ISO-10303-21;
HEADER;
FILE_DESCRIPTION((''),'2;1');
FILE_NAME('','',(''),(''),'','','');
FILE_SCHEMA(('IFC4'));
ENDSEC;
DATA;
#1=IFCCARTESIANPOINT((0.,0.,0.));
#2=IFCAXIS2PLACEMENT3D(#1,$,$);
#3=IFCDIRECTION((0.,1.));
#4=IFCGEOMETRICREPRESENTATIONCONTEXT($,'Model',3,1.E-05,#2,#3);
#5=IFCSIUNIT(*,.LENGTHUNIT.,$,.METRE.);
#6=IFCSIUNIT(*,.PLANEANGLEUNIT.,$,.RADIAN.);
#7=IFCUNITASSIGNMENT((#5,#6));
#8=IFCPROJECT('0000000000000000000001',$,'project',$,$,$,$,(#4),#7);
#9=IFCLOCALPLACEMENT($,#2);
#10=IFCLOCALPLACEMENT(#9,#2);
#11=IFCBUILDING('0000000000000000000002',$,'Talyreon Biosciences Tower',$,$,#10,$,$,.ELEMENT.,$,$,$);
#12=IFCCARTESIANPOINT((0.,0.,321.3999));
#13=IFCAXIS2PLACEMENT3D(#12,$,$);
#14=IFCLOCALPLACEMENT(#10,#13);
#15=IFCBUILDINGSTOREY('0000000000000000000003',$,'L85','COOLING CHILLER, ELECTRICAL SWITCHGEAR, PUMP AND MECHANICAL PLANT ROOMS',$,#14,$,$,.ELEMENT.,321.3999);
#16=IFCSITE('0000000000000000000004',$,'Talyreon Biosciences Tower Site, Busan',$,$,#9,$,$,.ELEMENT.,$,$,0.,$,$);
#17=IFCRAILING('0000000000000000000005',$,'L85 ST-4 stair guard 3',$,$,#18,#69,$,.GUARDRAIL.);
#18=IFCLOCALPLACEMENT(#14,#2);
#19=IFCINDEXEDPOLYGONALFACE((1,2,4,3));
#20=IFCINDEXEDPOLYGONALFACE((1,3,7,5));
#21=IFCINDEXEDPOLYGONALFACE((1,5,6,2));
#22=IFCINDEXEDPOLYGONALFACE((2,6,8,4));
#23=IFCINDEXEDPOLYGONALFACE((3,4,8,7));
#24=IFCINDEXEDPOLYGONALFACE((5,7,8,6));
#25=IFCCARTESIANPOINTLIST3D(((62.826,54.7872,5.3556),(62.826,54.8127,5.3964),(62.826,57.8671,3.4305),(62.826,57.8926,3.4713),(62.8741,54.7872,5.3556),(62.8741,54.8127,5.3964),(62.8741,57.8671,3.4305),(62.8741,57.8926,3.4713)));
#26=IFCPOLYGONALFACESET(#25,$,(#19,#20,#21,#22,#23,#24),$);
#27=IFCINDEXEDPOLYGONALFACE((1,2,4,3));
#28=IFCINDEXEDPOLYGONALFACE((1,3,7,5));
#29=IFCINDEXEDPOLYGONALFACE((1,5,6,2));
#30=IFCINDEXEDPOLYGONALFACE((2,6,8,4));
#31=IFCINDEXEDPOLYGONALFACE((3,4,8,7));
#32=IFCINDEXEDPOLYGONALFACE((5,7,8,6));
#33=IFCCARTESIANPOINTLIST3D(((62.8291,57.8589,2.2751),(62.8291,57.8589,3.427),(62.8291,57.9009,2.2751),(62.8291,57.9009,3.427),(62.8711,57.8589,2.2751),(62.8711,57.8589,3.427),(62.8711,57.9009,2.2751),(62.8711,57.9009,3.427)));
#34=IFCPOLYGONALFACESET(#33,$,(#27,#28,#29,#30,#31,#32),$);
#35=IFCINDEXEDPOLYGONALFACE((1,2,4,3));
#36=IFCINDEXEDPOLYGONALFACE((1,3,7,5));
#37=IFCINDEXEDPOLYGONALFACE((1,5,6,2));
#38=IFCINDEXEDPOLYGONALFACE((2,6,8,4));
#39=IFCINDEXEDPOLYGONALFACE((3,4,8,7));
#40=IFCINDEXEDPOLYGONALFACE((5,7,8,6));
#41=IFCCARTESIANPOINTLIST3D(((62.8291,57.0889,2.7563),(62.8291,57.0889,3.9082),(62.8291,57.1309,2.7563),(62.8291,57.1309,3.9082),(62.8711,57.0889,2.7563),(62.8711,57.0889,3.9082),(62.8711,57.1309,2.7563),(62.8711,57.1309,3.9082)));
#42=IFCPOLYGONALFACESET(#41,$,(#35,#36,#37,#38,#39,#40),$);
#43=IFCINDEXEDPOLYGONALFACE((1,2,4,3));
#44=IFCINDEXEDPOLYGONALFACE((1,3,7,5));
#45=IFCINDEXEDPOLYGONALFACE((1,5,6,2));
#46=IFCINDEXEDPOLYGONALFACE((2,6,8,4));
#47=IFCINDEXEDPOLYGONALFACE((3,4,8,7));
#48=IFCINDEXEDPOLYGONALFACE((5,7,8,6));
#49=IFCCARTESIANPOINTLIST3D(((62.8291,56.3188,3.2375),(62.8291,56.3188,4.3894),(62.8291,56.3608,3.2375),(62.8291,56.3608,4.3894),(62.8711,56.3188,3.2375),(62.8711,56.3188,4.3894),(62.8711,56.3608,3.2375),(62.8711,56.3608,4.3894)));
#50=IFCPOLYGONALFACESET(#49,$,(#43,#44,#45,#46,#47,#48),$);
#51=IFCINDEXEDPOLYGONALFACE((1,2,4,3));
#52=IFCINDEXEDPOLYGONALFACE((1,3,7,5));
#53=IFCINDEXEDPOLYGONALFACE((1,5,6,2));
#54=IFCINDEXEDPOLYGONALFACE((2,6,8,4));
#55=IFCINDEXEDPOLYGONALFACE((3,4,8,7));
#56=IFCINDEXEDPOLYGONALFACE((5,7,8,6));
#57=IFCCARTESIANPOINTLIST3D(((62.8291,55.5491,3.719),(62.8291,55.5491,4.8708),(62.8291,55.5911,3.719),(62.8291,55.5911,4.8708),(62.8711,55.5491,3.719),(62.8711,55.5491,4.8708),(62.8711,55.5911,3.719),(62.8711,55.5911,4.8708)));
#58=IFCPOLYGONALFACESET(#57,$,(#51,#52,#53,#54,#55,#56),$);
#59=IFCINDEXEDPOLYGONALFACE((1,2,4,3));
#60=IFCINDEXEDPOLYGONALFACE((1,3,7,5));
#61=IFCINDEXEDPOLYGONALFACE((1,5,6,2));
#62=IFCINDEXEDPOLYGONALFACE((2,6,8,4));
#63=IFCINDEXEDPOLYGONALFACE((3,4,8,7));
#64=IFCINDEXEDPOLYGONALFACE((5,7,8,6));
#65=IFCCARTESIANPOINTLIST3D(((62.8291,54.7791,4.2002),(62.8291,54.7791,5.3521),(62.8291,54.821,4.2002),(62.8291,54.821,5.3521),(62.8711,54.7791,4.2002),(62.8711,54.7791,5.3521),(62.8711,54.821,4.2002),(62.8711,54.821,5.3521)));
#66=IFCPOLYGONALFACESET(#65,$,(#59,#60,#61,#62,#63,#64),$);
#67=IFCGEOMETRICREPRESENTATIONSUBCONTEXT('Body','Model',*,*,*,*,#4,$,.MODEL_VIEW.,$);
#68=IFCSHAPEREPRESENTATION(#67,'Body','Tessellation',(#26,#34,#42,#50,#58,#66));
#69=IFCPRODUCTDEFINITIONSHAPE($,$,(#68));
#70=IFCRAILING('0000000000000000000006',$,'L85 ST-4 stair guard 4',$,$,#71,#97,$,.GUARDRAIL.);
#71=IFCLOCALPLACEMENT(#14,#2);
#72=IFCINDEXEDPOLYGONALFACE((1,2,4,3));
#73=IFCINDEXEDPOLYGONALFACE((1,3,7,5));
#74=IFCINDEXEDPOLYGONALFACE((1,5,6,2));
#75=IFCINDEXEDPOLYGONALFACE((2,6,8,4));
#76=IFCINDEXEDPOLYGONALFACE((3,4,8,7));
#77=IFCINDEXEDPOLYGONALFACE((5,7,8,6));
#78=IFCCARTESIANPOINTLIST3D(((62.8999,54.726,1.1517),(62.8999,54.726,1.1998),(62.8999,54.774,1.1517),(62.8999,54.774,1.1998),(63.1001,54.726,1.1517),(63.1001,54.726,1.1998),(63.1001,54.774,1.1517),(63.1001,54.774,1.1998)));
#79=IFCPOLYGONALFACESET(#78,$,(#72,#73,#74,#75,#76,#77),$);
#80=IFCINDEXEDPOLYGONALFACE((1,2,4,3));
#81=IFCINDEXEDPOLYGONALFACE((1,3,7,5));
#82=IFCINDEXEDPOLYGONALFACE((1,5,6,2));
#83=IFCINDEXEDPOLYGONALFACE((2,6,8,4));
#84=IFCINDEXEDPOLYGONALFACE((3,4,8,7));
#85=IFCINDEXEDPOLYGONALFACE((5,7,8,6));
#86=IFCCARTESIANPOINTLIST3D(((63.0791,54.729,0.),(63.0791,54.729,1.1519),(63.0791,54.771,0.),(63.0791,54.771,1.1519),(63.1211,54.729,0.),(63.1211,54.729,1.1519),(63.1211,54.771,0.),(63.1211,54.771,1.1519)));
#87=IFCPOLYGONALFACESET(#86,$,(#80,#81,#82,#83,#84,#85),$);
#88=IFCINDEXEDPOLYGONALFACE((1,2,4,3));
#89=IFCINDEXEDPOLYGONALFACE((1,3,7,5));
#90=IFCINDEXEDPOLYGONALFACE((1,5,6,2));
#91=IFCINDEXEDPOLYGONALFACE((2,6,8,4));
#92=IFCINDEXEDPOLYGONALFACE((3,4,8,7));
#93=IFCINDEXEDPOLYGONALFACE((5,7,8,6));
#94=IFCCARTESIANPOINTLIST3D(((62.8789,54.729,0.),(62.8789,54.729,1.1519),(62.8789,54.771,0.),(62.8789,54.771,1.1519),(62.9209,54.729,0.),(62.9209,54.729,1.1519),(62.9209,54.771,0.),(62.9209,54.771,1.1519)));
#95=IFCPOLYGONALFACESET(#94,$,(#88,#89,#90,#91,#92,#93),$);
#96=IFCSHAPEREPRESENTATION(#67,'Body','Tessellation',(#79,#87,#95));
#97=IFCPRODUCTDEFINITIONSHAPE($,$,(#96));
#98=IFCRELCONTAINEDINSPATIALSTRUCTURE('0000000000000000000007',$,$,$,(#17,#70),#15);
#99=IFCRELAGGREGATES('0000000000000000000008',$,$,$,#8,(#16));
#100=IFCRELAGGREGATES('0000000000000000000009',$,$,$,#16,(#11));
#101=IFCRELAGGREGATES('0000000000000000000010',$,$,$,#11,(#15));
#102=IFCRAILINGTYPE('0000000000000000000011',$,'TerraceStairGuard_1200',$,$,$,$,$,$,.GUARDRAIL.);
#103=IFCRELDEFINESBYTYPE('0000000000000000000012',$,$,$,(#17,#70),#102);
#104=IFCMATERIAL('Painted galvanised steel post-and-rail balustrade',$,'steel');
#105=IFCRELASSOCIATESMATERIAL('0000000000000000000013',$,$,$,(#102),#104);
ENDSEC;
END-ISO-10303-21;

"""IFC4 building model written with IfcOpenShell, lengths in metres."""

from ifc_helpers import new_model, si_unit, direction, frame, origin, origin_2d, place, context, subcontext, project, spatial, rectangle, extrude, material, type_object, element, save


model = new_model("IFC4")

# Units and contexts
model_context = context("Model", 3, precision=1e-05, world=origin(), true_north=direction((0.0, 1.0)))
body_context = subcontext(model_context, "Body", "Model", "MODEL_VIEW")
ifc_project = project(units=[si_unit("LENGTHUNIT", "METRE"), si_unit("PLANEANGLEUNIT", "RADIAN")], contexts=[model_context])

# Site, building, storey
site_placement = place(None, origin())
site = spatial("IfcSite", under=ifc_project, at=site_placement, Name="Talyreon Biosciences Tower Site, Busan", CompositionType="ELEMENT", RefElevation=0.0)
building_placement = place(site_placement, origin())
building = spatial("IfcBuilding", under=site, at=building_placement, Name="Talyreon Biosciences Tower", CompositionType="ELEMENT")
storey_placement = place(building_placement, frame((0.0, 0.0, 321.3999)))
storey = spatial("IfcBuildingStorey", under=building, at=storey_placement, Name="L85", Description="COOLING CHILLER, ELECTRICAL SWITCHGEAR, PUMP AND MECHANICAL PLANT ROOMS", CompositionType="ELEMENT", Elevation=321.3999)

# Railings
ifc_material_1 = material(Name="Painted galvanised steel post-and-rail balustrade", Category="steel")
railing_type_1 = type_object("IfcRailingType", Name="TerraceStairGuard_1200", PredefinedType="GUARDRAIL", material=ifc_material_1)
railing_1_placement = place(storey_placement, frame((62.8501, 57.8799, 2.2751)))
element("IfcRailing", 1, at=railing_1_placement, inside=storey, type_object=railing_type_1, Name="L85 ST-4 stair guard 3", PredefinedType="GUARDRAIL", context=body_context, shape_type="SweptSolid", body=[
    extrude(rectangle(XDim=0.0481, YDim=0.0481, at=origin_2d()), frame((0.0, 0.0, 1.1758), z_axis=(0.0, -0.847979, 0.530029), x_axis=(1.0, 0.0, 0.0)), (0.0, 0.0, 1.0), 3.6321),
    extrude(rectangle(XDim=0.042, YDim=0.042, at=origin_2d()), origin(), (0.0, 0.0, 1.0), 1.1519),
    extrude(rectangle(XDim=0.042, YDim=0.042, at=origin_2d()), frame((0.0, -0.77, 0.4812)), (0.0, 0.0, 1.0), 1.1519),
    extrude(rectangle(XDim=0.042, YDim=0.042, at=origin_2d()), frame((0.0, -1.54, 0.9624)), (0.0, 0.0, 1.0), 1.1519),
    extrude(rectangle(XDim=0.042, YDim=0.042, at=origin_2d()), frame((0.0, -2.3098, 1.4438)), (0.0, 0.0, 1.0), 1.1519),
    extrude(rectangle(XDim=0.042, YDim=0.042, at=origin_2d()), frame((0.0, -3.0798, 1.925)), (0.0, 0.0, 1.0), 1.1519),
])
railing_2_placement = place(storey_placement, frame((63.1001, 54.75, 0.0)))
element("IfcRailing", 2, at=railing_2_placement, inside=storey, type_object=railing_type_1, Name="L85 ST-4 stair guard 4", PredefinedType="GUARDRAIL", context=body_context, shape_type="SweptSolid", body=[
    extrude(rectangle(XDim=0.0481, YDim=0.0481, at=origin_2d()), frame((0.0, 0.0, 1.1758), z_axis=(-1.0, 0.0, 0.0), x_axis=(0.0, -1.0, 0.0)), (0.0, 0.0, 1.0), 0.2002),
    extrude(rectangle(XDim=0.042, YDim=0.042, at=origin_2d()), origin(), (0.0, 0.0, 1.0), 1.1519),
    extrude(rectangle(XDim=0.042, YDim=0.042, at=origin_2d()), frame((-0.2002, 0.0, 0.0)), (0.0, 0.0, 1.0), 1.1519),
])

save(model, "model.ifc")
